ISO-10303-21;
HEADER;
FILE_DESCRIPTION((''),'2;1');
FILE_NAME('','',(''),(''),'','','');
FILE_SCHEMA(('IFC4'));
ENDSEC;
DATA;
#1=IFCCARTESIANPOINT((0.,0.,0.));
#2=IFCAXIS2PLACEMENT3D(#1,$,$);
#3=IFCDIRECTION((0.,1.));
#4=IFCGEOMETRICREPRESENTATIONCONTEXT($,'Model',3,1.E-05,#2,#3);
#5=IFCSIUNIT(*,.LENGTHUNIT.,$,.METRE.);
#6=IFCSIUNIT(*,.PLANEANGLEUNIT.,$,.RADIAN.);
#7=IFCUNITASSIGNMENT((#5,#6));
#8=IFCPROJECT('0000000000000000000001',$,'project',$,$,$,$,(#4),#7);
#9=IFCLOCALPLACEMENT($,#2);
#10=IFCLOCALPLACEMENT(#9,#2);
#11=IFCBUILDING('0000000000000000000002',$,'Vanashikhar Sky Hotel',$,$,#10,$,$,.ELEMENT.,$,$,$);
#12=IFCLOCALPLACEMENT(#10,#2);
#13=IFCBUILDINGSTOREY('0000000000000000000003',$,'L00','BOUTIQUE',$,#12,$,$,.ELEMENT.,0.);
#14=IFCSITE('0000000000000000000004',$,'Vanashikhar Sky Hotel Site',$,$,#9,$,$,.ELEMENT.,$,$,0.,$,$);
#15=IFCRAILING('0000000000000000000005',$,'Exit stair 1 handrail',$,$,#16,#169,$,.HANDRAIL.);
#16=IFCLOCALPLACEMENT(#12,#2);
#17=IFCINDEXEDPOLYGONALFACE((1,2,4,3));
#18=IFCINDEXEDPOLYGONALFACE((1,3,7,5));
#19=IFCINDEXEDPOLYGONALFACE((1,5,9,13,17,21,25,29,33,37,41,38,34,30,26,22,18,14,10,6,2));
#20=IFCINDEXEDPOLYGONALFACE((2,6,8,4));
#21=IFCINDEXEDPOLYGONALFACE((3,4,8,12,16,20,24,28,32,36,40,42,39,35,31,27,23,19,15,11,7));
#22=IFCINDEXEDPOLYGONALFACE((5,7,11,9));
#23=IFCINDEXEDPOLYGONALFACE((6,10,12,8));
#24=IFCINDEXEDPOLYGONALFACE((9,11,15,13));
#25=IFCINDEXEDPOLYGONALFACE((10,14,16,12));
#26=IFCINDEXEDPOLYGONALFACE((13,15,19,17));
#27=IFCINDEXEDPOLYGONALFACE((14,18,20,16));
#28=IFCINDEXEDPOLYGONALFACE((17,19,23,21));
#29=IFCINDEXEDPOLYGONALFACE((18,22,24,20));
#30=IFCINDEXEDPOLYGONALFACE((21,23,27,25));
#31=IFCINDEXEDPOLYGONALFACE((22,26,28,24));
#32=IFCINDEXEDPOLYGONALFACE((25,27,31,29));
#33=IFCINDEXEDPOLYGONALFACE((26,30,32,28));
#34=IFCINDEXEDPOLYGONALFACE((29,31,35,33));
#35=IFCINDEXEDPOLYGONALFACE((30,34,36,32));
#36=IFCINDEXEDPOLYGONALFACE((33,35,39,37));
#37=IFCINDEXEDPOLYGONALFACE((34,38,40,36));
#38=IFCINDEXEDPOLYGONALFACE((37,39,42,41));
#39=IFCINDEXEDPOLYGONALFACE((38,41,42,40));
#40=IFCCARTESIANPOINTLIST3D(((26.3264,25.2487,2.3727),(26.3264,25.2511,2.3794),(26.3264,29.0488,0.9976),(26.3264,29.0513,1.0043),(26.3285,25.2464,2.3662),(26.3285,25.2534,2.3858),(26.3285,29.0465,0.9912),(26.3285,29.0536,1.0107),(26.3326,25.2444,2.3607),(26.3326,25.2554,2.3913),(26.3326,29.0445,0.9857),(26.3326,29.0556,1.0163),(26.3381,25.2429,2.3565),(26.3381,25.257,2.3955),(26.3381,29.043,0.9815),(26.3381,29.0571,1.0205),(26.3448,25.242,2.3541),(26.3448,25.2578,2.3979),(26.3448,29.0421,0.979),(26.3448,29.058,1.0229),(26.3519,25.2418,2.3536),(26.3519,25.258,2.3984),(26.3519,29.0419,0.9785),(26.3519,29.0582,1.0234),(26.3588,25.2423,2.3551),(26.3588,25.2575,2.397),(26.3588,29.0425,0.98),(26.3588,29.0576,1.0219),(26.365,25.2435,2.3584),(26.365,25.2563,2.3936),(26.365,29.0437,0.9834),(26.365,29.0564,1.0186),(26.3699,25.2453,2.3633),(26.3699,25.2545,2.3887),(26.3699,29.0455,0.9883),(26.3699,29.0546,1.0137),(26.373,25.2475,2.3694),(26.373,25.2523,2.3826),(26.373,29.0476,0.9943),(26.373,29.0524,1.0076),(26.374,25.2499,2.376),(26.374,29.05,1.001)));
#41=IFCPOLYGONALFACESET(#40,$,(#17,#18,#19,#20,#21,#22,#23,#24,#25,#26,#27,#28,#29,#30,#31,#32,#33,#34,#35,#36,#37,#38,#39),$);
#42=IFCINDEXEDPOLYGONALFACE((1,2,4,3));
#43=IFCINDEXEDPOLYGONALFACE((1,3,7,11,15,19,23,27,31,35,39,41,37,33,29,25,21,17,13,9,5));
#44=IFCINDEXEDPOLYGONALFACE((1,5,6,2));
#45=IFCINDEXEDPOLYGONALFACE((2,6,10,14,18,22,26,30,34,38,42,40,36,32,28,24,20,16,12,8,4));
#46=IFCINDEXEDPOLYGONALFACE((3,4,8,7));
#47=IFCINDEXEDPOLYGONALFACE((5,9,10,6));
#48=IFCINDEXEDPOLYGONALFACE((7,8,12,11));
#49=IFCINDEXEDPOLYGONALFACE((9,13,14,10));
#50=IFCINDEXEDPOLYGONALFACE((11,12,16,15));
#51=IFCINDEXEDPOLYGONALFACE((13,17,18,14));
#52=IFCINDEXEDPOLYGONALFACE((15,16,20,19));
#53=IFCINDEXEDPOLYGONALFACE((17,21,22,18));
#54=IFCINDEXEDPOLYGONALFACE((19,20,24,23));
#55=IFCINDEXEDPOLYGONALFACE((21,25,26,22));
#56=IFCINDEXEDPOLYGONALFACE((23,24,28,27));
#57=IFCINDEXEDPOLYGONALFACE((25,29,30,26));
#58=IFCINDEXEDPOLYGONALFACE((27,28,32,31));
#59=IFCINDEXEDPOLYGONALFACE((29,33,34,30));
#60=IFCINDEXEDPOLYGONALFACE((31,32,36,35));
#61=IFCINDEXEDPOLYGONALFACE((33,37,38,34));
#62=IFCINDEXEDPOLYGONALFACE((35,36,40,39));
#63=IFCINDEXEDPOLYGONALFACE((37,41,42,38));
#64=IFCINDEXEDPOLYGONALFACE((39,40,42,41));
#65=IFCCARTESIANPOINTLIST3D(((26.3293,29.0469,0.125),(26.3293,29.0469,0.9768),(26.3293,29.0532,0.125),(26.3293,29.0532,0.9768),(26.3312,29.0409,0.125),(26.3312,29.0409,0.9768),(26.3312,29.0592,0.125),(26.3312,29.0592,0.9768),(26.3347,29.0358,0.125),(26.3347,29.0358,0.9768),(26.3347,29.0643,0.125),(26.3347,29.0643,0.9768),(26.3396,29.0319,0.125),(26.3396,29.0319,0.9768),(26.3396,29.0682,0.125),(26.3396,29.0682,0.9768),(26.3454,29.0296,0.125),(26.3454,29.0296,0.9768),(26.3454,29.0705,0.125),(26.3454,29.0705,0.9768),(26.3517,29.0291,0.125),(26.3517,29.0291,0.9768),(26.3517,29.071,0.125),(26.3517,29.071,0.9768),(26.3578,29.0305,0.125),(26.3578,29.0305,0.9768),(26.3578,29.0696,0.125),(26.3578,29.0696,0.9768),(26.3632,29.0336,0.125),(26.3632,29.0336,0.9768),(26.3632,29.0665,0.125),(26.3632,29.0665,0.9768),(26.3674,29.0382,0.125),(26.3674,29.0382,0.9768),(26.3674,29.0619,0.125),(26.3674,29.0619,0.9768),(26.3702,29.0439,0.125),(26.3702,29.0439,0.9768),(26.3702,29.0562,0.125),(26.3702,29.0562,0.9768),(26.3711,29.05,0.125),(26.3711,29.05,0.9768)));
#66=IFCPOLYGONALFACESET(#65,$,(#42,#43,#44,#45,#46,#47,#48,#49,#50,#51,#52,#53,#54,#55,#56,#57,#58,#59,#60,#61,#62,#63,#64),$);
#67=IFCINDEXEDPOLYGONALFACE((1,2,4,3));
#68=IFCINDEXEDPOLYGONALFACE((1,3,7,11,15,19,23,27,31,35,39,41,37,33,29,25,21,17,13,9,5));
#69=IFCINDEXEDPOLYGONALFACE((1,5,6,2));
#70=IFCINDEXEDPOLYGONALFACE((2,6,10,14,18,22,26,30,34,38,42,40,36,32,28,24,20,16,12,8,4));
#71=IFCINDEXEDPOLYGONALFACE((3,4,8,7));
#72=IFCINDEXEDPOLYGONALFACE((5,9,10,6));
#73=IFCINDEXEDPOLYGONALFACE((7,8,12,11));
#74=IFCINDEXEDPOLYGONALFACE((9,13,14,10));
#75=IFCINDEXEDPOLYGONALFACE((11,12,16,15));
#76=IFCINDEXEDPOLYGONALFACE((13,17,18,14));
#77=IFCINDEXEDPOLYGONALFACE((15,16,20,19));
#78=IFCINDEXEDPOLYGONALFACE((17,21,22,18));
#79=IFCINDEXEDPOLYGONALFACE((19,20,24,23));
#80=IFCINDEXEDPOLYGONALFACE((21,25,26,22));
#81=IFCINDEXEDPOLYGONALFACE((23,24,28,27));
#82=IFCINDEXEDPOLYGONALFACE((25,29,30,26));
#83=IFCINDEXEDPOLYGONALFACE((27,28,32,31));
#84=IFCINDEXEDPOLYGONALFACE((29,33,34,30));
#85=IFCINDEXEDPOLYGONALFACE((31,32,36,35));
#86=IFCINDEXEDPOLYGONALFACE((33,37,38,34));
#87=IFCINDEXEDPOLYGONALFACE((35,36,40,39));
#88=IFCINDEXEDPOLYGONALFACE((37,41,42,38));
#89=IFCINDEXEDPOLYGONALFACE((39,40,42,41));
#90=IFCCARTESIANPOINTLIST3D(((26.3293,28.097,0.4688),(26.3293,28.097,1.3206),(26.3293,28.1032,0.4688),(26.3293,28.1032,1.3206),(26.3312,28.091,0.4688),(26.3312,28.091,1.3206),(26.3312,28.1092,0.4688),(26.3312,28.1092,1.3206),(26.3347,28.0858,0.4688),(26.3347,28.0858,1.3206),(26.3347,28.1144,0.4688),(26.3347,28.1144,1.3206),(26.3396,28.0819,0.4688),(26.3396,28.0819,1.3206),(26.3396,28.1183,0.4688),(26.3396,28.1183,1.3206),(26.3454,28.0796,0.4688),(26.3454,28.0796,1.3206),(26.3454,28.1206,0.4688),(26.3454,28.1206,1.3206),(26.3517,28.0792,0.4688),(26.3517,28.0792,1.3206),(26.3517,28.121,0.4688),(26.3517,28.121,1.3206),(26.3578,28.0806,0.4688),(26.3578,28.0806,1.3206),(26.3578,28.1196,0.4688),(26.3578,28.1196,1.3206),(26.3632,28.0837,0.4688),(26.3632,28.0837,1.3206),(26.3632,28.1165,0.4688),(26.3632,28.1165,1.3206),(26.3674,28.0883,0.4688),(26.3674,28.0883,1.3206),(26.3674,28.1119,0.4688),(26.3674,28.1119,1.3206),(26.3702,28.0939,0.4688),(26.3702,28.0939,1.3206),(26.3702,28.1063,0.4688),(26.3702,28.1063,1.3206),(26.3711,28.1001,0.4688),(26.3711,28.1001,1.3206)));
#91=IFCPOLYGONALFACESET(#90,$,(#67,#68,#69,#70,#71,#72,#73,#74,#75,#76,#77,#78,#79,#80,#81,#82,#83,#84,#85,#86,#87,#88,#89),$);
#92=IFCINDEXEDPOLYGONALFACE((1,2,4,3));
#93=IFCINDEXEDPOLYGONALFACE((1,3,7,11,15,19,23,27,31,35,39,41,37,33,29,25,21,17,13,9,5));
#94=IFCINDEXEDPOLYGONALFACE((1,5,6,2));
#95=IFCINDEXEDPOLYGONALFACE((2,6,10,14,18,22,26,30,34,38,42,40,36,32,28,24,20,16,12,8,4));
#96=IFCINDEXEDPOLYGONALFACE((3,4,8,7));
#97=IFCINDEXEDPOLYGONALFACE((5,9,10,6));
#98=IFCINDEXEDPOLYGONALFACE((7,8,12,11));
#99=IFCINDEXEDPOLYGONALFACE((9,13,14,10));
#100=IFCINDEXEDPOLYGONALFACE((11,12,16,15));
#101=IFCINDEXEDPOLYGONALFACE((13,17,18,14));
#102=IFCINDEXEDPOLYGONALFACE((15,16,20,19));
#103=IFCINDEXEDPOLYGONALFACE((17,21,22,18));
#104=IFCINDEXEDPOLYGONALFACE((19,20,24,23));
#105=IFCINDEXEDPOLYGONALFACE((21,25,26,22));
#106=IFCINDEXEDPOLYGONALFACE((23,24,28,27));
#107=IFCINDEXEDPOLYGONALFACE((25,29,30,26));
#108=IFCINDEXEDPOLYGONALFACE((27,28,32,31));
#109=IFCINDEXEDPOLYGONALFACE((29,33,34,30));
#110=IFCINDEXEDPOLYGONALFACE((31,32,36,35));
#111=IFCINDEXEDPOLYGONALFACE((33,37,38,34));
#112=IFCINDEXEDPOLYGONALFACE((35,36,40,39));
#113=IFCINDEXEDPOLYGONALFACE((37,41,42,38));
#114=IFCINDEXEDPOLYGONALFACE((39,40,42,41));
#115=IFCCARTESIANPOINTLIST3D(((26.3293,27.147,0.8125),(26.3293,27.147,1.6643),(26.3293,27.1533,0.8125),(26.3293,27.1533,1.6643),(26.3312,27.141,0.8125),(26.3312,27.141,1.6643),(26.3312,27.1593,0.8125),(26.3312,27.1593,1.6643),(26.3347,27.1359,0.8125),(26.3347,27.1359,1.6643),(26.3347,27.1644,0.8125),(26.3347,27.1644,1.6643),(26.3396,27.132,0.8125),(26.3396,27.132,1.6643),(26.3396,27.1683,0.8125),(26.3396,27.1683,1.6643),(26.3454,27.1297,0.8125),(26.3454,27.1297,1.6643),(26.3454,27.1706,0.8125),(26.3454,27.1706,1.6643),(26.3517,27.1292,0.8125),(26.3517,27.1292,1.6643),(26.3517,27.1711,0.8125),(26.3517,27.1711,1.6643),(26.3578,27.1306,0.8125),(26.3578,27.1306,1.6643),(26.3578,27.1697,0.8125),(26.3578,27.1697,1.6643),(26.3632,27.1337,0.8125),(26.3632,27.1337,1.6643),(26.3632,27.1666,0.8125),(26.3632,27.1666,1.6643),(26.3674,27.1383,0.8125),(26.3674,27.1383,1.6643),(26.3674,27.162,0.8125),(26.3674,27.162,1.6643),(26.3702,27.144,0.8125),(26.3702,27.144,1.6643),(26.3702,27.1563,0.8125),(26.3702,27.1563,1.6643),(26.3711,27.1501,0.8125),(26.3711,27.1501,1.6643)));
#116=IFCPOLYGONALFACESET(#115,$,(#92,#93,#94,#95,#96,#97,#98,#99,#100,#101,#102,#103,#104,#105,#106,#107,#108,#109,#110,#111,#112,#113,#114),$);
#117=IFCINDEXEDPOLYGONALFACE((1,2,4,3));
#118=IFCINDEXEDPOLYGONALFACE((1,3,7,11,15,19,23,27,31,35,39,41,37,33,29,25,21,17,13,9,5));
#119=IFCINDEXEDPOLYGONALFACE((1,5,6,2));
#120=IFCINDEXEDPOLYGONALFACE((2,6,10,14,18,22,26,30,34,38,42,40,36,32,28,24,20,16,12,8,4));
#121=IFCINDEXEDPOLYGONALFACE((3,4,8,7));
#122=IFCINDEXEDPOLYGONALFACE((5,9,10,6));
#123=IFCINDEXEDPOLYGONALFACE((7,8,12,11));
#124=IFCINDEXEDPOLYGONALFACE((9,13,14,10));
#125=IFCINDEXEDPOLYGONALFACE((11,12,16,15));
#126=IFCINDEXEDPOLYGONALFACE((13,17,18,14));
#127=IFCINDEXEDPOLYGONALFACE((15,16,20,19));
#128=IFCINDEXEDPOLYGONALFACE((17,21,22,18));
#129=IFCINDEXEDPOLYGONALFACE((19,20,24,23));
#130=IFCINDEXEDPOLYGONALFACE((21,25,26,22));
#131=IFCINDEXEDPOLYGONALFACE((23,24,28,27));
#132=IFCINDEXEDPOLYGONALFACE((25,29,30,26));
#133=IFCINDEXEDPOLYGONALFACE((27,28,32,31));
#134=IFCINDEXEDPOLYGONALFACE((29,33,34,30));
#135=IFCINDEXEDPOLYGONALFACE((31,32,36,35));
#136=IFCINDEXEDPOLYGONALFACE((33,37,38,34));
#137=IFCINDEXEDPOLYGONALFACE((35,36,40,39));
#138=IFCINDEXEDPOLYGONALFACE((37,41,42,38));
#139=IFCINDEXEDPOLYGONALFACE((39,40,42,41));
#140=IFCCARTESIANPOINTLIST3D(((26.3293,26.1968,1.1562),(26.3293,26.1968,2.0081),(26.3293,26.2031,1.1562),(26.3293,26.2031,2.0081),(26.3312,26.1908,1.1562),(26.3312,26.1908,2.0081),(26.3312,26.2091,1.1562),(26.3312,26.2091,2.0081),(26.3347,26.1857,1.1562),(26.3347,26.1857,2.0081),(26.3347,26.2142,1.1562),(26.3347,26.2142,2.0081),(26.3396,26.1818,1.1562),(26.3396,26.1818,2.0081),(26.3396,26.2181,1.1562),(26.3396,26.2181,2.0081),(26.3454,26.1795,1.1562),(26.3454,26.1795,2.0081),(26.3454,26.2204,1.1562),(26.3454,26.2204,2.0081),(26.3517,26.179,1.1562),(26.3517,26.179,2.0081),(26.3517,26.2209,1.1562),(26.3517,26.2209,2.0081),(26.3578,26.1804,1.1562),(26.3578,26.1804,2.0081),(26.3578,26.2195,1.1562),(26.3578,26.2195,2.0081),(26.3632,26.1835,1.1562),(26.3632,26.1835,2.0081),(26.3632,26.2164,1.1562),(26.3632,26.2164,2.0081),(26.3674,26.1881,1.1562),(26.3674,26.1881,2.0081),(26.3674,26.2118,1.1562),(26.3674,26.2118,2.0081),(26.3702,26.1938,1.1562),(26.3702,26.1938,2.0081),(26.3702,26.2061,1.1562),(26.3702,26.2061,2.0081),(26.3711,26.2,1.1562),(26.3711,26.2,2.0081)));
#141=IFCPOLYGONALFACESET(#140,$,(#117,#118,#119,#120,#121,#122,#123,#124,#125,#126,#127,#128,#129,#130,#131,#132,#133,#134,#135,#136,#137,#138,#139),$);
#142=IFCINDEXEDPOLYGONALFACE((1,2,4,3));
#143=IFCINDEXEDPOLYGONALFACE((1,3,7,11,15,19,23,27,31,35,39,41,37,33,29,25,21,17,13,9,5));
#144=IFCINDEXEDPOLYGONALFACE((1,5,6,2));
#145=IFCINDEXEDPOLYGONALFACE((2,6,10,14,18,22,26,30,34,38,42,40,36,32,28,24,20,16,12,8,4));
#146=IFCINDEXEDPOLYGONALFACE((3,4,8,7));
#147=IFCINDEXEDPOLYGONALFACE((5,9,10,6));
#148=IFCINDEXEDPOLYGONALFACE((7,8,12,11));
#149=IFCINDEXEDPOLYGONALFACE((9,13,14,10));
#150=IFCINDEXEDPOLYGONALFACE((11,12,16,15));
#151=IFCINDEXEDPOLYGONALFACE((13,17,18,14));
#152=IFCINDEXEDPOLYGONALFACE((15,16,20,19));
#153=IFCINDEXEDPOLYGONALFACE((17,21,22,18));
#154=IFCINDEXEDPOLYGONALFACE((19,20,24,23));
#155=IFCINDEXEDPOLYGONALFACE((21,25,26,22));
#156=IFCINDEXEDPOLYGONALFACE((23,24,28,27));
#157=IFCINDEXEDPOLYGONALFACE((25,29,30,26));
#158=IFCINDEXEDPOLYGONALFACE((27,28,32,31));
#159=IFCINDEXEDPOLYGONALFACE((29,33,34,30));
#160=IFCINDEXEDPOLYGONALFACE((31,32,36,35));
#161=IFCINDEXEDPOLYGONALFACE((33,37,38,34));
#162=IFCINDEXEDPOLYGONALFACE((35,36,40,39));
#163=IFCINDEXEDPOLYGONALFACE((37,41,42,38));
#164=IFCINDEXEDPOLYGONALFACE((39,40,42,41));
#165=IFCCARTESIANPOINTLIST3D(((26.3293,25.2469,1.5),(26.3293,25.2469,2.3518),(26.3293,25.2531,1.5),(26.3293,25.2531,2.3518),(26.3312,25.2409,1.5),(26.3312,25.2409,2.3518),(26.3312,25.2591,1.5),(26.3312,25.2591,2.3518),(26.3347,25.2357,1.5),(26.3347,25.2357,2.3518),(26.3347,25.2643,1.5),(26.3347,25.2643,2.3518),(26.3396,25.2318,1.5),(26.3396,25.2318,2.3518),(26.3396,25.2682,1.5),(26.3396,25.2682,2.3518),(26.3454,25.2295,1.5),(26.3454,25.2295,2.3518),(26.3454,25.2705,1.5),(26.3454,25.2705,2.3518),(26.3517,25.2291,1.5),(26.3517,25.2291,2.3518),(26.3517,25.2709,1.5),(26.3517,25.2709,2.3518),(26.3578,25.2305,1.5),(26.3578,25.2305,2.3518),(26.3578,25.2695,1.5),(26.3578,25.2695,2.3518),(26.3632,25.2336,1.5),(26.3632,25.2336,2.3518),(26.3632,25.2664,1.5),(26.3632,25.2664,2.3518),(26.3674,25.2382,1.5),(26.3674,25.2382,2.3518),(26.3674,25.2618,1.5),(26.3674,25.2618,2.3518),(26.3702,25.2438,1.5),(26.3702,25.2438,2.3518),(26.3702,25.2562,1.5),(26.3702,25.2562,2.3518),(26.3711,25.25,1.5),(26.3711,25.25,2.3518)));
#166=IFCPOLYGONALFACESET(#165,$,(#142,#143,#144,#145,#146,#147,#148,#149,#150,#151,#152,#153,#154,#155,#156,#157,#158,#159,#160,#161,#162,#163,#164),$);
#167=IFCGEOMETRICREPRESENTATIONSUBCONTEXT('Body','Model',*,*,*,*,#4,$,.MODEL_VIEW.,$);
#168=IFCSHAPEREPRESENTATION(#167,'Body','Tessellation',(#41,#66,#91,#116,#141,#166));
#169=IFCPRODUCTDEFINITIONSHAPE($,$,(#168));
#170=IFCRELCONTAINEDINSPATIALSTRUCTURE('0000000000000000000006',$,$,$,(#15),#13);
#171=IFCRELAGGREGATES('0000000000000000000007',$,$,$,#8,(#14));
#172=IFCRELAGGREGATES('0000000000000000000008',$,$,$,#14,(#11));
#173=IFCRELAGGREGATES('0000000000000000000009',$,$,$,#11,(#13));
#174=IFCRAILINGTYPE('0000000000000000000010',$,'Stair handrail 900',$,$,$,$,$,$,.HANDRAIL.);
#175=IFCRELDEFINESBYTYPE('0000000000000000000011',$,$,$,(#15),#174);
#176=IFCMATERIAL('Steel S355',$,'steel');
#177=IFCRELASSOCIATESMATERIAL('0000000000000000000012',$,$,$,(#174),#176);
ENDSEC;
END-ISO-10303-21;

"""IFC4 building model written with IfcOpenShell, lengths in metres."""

from ifc_helpers import new_model, si_unit, direction, frame, origin, origin_2d, place, context, subcontext, project, spatial, circle, extrude, source, transform, mapped, material, type_object, element, save


model = new_model("IFC4")

# Units and contexts
model_context = context("Model", 3, precision=1e-05, world=origin(), true_north=direction((0.0, 1.0)))
body_context = subcontext(model_context, "Body", "Model", "MODEL_VIEW")
ifc_project = project(units=[si_unit("LENGTHUNIT", "METRE"), si_unit("PLANEANGLEUNIT", "RADIAN")], contexts=[model_context])

# Site, building, storey
site_placement = place(None, origin())
site = spatial("IfcSite", under=ifc_project, at=site_placement, Name="Vanashikhar Sky Hotel Site", CompositionType="ELEMENT", RefElevation=0.0)
building_placement = place(site_placement, origin())
building = spatial("IfcBuilding", under=site, at=building_placement, Name="Vanashikhar Sky Hotel", CompositionType="ELEMENT")
storey_placement = place(building_placement, origin())
storey = spatial("IfcBuildingStorey", under=building, at=storey_placement, Name="L00", Description="BOUTIQUE", CompositionType="ELEMENT", Elevation=0.0)

# Railing
ifc_material_1 = material(Name="Steel S355", Category="steel")
railing_type = type_object("IfcRailingType", Name="Stair handrail 900", PredefinedType="HANDRAIL", material=ifc_material_1)
shared_shape_1 = source(origin(), body_context, "Body", "SweptSolid", [
    extrude(circle(Radius=0.0239, at=origin_2d()), frame((0.0, 0.0, 0.876), z_axis=(0.0, -0.940336, 0.340249), x_axis=(1.0, 0.0, 0.0)), (0.0, 0.0, 1.0), 4.0413),
    extrude(circle(Radius=0.021, at=origin_2d()), origin(), (0.0, 0.0, 1.0), 0.8518),
    extrude(circle(Radius=0.021, at=origin_2d()), frame((0.0, -0.95, 0.3438)), (0.0, 0.0, 1.0), 0.8518),
    extrude(circle(Radius=0.021, at=origin_2d()), frame((0.0, -1.8999, 0.6875)), (0.0, 0.0, 1.0), 0.8518),
    extrude(circle(Radius=0.021, at=origin_2d()), frame((0.0, -2.8501, 1.0312)), (0.0, 0.0, 1.0), 0.8518),
    extrude(circle(Radius=0.021, at=origin_2d()), frame((0.0, -3.8, 1.375)), (0.0, 0.0, 1.0), 0.8518),
])
railing_placement = place(storey_placement, frame((26.3501, 29.05, 0.125)))
element("IfcRailing", 1, at=railing_placement, inside=storey, type_object=railing_type, Name="Exit stair 1 handrail", PredefinedType="HANDRAIL", context=body_context, shape_type="MappedRepresentation", body=[
    mapped(shared_shape_1, transform((0.0, 0.0, 0.0), scale=1.0)),
])

save(model, "model.ifc")
